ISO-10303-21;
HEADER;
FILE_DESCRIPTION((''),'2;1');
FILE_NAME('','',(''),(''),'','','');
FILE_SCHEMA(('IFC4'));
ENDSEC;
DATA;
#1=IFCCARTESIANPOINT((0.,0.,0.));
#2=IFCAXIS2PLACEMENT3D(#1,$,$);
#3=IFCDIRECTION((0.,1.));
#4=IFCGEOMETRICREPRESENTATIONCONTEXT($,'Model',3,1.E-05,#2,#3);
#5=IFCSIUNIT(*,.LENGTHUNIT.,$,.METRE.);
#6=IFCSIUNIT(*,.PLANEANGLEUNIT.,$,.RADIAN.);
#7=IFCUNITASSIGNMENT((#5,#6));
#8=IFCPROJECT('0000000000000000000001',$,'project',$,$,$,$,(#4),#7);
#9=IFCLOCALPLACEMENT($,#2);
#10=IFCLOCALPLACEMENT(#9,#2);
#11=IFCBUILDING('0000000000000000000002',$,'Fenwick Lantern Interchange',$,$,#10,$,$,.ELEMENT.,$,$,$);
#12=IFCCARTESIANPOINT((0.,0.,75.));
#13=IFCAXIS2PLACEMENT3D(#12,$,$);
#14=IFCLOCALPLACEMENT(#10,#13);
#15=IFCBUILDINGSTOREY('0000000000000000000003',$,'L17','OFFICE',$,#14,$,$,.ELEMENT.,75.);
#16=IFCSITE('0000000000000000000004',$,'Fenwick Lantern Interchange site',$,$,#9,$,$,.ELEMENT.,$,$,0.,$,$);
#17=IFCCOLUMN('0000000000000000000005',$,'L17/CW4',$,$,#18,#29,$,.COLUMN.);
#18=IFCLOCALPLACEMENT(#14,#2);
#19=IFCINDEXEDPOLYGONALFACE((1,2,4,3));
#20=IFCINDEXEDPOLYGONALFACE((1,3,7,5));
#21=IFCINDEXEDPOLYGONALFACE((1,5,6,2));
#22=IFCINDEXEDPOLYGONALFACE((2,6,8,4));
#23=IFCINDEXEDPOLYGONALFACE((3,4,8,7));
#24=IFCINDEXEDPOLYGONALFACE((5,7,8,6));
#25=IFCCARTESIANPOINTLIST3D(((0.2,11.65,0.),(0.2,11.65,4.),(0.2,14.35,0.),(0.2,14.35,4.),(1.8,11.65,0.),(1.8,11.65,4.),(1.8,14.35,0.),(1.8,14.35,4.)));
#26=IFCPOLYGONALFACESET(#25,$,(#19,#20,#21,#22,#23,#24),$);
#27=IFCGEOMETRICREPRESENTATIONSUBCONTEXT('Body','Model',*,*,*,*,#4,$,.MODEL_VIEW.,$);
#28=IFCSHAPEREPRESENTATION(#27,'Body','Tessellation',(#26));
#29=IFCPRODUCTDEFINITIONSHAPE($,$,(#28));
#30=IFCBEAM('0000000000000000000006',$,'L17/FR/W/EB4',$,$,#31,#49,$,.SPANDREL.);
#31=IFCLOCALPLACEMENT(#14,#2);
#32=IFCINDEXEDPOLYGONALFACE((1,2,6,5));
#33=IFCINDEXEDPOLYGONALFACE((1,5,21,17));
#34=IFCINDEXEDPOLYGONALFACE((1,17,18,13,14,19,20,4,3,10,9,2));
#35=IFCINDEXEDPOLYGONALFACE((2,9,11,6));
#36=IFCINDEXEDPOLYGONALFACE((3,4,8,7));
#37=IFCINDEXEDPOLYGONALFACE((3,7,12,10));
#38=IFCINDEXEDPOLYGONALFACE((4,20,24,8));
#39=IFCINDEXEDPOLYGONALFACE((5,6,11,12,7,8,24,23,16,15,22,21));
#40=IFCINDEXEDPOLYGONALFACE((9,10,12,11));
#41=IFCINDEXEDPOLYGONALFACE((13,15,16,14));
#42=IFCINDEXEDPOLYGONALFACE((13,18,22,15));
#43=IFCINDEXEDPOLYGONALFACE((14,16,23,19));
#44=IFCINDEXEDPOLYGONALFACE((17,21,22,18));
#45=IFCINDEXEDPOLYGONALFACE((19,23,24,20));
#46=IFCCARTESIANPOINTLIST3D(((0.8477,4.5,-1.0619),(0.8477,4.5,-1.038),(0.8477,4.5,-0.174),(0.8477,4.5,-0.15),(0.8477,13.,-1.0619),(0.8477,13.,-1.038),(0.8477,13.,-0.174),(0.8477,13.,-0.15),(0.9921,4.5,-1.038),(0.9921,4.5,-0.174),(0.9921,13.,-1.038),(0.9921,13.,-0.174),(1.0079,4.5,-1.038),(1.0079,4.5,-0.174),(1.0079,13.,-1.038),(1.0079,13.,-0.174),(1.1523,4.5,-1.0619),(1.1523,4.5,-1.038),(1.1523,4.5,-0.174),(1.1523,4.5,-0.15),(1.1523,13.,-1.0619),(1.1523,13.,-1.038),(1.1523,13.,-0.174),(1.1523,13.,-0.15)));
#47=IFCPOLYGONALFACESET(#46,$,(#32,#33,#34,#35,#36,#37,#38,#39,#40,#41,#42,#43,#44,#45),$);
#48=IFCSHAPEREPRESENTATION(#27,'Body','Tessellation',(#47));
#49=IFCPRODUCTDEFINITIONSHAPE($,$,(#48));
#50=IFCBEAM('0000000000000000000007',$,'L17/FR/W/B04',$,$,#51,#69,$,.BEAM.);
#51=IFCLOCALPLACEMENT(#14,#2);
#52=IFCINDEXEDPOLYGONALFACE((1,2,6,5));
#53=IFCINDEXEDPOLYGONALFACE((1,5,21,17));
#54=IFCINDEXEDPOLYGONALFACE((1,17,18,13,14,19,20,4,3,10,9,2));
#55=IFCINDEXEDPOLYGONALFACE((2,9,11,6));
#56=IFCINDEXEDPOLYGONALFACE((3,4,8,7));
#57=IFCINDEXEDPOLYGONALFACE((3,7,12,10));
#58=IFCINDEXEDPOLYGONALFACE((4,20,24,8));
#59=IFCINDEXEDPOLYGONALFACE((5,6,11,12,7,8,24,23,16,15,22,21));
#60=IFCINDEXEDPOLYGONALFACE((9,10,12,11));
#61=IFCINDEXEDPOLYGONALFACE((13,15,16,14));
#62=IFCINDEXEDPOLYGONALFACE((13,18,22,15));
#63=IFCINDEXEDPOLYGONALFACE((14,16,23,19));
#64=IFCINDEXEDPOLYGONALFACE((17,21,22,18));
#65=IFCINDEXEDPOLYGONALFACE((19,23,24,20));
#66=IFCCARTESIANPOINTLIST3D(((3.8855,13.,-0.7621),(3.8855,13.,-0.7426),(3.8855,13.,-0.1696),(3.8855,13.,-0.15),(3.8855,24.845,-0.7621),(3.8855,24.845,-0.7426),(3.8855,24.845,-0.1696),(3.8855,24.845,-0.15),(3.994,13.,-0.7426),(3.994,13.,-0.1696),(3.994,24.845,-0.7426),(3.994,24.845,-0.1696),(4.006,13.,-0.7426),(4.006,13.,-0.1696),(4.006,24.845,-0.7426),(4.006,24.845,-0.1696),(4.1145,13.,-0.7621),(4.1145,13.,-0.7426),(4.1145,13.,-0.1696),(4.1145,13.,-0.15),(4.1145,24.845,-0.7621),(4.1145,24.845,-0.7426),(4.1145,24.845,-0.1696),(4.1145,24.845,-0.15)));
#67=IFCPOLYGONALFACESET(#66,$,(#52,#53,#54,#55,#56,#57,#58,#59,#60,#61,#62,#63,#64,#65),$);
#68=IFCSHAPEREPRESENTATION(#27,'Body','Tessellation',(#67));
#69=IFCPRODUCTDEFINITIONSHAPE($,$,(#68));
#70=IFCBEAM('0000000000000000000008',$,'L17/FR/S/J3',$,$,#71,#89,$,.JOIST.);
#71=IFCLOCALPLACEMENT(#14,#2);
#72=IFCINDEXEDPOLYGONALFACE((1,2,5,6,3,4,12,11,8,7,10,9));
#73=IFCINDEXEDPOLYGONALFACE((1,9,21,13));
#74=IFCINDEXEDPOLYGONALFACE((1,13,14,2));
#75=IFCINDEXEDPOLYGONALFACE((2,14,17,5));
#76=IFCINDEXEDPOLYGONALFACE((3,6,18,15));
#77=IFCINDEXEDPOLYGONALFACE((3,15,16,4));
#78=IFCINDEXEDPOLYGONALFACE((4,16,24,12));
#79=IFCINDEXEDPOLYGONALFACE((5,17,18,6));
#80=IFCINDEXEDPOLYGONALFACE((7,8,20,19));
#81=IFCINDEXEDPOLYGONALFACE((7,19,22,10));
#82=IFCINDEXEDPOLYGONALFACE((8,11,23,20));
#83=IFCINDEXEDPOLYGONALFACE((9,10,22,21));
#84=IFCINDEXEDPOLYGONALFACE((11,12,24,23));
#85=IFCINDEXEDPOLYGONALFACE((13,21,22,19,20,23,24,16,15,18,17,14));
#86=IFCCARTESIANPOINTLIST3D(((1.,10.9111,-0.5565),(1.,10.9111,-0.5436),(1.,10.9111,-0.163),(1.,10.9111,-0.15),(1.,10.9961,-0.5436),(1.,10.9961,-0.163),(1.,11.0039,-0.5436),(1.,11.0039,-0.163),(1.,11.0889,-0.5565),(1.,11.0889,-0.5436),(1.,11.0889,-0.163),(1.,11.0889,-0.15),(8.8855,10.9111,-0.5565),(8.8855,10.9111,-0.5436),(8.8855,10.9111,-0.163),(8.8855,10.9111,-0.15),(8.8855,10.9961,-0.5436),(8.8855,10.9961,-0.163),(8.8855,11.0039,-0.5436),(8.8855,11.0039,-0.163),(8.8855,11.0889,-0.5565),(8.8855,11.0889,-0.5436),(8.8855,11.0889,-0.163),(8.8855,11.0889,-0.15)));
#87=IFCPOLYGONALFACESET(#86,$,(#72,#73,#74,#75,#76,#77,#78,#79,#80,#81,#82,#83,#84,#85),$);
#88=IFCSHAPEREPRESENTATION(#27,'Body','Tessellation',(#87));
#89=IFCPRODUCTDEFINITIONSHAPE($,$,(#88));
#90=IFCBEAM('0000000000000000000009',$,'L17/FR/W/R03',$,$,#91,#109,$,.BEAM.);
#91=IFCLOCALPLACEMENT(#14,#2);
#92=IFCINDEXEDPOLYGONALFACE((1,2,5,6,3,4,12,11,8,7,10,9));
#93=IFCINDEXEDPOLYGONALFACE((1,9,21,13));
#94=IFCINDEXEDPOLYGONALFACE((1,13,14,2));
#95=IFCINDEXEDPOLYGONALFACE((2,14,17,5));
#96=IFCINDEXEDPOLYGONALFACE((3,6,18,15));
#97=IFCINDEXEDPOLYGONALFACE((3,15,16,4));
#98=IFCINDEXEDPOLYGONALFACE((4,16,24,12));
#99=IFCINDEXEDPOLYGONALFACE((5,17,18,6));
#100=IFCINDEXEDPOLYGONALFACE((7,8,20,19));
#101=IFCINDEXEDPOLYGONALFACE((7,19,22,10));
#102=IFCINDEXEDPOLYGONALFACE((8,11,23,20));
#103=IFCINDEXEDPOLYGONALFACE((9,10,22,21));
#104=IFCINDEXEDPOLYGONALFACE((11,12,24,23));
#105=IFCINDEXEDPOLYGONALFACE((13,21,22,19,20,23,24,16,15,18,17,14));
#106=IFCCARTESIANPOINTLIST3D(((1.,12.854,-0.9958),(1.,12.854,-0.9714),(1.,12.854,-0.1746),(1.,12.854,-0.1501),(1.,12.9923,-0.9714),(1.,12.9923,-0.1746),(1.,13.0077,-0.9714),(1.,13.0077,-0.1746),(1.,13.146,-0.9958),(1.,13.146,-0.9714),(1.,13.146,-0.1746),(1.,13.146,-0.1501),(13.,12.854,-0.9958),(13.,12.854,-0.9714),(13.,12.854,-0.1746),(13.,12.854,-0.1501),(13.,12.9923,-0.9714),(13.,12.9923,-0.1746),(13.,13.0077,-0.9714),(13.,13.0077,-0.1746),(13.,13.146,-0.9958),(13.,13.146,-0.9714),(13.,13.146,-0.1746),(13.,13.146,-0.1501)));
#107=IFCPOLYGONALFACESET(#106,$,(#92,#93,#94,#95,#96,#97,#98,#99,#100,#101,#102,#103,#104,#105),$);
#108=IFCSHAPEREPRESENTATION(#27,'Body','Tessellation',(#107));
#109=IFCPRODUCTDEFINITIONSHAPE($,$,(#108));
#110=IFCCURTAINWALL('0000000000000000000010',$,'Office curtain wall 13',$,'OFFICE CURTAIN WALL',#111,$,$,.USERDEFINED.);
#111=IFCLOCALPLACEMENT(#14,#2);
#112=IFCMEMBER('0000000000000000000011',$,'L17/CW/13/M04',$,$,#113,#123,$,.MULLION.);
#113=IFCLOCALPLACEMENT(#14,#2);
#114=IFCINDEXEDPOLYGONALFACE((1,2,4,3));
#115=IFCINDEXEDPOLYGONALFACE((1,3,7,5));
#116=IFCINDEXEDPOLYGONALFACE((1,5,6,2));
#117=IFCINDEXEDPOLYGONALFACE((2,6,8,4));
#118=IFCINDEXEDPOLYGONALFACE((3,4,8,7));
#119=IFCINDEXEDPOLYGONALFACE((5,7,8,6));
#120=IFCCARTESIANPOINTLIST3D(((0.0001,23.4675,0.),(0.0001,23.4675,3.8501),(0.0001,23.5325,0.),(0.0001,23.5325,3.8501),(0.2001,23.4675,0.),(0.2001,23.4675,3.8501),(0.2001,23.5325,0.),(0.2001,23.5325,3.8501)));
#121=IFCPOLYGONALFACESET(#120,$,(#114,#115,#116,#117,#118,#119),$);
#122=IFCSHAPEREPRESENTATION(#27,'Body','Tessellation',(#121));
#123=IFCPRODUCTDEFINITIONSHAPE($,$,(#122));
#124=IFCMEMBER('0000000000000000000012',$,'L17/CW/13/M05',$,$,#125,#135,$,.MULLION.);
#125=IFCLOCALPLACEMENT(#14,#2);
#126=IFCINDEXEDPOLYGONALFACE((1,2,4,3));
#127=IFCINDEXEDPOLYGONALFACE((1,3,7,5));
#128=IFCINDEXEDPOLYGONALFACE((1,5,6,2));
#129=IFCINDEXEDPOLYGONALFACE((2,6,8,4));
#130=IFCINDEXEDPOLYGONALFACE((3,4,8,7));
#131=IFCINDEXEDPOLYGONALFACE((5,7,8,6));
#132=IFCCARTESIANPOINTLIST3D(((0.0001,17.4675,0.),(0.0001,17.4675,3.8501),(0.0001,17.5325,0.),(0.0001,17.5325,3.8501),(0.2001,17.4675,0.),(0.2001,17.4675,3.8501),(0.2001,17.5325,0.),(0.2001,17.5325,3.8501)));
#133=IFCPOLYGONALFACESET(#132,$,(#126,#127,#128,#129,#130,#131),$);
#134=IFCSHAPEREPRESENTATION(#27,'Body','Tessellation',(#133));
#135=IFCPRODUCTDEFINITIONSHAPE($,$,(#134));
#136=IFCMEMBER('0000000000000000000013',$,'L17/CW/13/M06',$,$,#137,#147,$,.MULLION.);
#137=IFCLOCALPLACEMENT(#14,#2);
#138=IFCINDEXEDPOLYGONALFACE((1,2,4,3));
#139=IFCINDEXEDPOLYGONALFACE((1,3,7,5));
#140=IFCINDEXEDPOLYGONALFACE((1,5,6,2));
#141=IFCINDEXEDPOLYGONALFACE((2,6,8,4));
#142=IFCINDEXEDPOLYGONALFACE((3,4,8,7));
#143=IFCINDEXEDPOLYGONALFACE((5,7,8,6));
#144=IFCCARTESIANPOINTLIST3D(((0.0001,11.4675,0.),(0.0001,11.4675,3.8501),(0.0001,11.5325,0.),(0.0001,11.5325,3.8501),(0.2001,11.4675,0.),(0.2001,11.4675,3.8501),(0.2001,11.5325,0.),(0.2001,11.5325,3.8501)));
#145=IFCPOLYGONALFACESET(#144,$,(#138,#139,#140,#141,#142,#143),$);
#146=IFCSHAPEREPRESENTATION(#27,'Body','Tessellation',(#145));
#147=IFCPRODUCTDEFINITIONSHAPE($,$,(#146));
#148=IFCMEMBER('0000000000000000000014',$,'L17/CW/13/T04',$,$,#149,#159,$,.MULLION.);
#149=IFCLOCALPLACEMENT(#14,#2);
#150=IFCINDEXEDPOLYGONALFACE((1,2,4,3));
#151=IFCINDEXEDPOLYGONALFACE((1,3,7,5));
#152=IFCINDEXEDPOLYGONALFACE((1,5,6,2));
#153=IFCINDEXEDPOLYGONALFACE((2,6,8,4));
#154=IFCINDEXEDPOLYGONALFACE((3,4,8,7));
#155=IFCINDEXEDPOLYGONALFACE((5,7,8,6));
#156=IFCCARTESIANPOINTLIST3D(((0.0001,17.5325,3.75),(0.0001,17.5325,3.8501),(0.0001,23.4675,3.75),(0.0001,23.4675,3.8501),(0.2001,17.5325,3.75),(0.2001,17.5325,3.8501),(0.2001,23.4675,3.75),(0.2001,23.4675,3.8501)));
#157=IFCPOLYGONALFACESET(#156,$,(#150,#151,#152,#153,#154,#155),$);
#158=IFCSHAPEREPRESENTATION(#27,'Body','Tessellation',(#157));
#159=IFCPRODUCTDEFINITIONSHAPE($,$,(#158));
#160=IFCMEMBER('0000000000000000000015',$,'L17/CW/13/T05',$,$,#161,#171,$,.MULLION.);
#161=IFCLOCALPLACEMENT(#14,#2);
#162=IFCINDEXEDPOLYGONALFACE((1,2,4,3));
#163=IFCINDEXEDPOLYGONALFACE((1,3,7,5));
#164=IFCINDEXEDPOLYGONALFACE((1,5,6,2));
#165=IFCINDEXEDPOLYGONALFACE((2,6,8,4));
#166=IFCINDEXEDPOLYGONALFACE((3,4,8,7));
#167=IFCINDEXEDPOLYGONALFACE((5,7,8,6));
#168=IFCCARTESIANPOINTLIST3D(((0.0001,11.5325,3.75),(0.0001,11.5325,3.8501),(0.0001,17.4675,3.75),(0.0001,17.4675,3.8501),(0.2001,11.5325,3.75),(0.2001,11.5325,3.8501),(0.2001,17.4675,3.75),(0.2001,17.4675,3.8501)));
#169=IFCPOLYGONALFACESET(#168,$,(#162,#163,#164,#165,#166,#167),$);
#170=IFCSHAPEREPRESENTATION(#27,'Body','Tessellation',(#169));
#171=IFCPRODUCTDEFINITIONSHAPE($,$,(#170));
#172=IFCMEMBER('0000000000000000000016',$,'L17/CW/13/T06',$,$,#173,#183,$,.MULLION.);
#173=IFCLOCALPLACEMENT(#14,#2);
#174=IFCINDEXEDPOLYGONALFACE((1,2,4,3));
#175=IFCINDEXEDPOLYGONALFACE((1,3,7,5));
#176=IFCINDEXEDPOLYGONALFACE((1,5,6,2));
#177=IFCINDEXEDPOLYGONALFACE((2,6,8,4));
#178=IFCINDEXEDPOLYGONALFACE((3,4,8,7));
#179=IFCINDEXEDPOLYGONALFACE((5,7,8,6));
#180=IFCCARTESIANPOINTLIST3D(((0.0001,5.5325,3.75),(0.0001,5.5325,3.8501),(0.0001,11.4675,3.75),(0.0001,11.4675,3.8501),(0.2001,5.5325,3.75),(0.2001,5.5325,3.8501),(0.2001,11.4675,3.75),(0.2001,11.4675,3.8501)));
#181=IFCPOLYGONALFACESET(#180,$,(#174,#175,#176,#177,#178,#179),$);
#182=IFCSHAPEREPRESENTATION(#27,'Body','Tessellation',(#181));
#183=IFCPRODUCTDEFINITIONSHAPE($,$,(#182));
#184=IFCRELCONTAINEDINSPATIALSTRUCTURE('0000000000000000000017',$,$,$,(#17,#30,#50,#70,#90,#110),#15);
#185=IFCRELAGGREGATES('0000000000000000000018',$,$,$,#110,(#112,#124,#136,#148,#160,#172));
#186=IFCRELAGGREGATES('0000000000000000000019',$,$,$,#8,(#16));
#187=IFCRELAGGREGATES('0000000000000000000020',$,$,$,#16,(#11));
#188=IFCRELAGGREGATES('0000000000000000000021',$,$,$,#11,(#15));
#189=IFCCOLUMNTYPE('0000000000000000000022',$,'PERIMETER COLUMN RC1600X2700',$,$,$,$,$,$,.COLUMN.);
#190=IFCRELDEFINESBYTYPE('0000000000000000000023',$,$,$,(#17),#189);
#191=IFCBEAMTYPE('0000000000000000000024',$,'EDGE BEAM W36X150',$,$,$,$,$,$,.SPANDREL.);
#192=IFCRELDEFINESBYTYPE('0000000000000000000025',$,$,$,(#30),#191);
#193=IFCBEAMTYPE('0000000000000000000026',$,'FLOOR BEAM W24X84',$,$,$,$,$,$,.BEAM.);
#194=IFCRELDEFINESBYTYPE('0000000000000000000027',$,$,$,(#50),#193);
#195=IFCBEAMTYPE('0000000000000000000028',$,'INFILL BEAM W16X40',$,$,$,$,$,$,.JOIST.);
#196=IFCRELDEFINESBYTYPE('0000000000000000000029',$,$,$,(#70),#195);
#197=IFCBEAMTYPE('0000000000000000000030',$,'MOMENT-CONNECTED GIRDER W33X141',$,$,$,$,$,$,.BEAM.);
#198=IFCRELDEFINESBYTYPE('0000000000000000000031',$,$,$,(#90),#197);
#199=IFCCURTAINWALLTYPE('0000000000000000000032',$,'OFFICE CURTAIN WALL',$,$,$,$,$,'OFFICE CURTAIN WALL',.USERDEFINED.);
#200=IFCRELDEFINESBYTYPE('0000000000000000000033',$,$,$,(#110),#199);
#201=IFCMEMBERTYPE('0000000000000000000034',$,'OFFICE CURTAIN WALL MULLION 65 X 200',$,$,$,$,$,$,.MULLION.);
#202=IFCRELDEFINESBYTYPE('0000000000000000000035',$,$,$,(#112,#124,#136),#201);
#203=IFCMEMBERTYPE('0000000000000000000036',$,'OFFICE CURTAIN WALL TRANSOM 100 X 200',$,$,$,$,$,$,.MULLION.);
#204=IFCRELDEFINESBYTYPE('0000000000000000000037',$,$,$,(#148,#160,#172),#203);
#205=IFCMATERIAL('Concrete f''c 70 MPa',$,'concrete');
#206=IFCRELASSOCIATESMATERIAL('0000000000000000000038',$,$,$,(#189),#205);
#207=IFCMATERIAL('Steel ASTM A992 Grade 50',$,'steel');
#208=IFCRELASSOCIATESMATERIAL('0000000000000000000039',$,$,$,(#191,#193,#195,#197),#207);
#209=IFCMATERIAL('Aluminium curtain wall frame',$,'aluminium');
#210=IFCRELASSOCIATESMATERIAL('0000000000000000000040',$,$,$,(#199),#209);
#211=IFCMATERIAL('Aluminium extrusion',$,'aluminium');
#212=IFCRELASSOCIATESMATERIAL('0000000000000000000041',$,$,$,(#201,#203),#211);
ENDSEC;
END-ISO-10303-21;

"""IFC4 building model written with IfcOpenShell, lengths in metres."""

from ifc_helpers import new_model, si_unit, direction, frame, origin, origin_2d, place, context, subcontext, project, spatial, rectangle, i_section, extrude, material, material_profile, profile_set, type_object, element, aggregate, save


model = new_model("IFC4")

# Units and contexts
model_context = context("Model", 3, precision=1e-05, world=origin(), true_north=direction((0.0, 1.0)))
body_context = subcontext(model_context, "Body", "Model", "MODEL_VIEW")
ifc_project = project(units=[si_unit("LENGTHUNIT", "METRE"), si_unit("PLANEANGLEUNIT", "RADIAN")], contexts=[model_context])

# Site, building, storey
site_placement = place(None, origin())
site = spatial("IfcSite", under=ifc_project, at=site_placement, Name="Fenwick Lantern Interchange site", CompositionType="ELEMENT", RefElevation=0.0)
building_placement = place(site_placement, origin())
building = spatial("IfcBuilding", under=site, at=building_placement, Name="Fenwick Lantern Interchange", CompositionType="ELEMENT")
storey_placement = place(building_placement, frame((0.0, 0.0, 75.0)))
storey = spatial("IfcBuildingStorey", under=building, at=storey_placement, Name="L17", Description="OFFICE", CompositionType="ELEMENT", Elevation=75.0)

# Column
ifc_material_1 = material(Name="Concrete f'c 70 MPa", Category="concrete")
ifc_material_profile_1 = material_profile(ifc_material_1, rectangle(XDim=1.6001, YDim=2.7, at=origin_2d()), Name="RC1600X2700")
ifc_profile_set_1 = profile_set([ifc_material_profile_1], Name="Concrete f'c 70 MPa")
column_type = type_object("IfcColumnType", Name="PERIMETER COLUMN RC1600X2700", PredefinedType="COLUMN", material=ifc_profile_set_1)
column_placement = place(storey_placement, frame((1.0, 13.0, 0.0), z_axis=(0.0, 0.0, 1.0), x_axis=(1.0, 0.0, 0.0)))
element("IfcColumn", 1, at=column_placement, inside=storey, type_object=column_type, Name="L17/CW4", PredefinedType="COLUMN", context=body_context, shape_type="SweptSolid", body=[
    extrude(rectangle(XDim=1.6001, YDim=2.7, at=origin_2d()), origin(), (0.0, 0.0, 1.0), 4.0),
])

# Beams
ifc_material_2 = material(Name="Steel ASTM A992 Grade 50", Category="steel")
ifc_material_profile_2 = material_profile(ifc_material_2, i_section(OverallWidth=0.3047, OverallDepth=0.9119, WebThickness=0.0159, FlangeThickness=0.0239, at=origin_2d()), Name="W36X150")
ifc_profile_set_2 = profile_set([ifc_material_profile_2], Name="Steel ASTM A992 Grade 50")
beam_type_1 = type_object("IfcBeamType", Name="EDGE BEAM W36X150", PredefinedType="SPANDREL", material=ifc_profile_set_2)
beam_1_placement = place(storey_placement, frame((1.0, 13.0, -0.606), z_axis=(0.0, -1.0, 0.0), x_axis=(1.0, 0.0, 0.0)))
element("IfcBeam", 2, at=beam_1_placement, inside=storey, type_object=beam_type_1, Name="L17/FR/W/EB4", PredefinedType="SPANDREL", context=body_context, shape_type="SweptSolid", body=[
    extrude(i_section(OverallWidth=0.3047, OverallDepth=0.9119, WebThickness=0.0159, FlangeThickness=0.0239, at=origin_2d()), origin(), (0.0, 0.0, 1.0), 8.5),
])
ifc_material_profile_3 = material_profile(ifc_material_2, i_section(OverallWidth=0.229, OverallDepth=0.6121, WebThickness=0.012, FlangeThickness=0.0195, at=origin_2d()), Name="W24X84")
ifc_profile_set_3 = profile_set([ifc_material_profile_3], Name="Steel ASTM A992 Grade 50")
beam_type_2 = type_object("IfcBeamType", Name="FLOOR BEAM W24X84", PredefinedType="BEAM", material=ifc_profile_set_3)
beam_2_placement = place(storey_placement, frame((4.0, 24.845, -0.4561), z_axis=(0.0, -1.0, 0.0), x_axis=(1.0, 0.0, 0.0)))
element("IfcBeam", 3, at=beam_2_placement, inside=storey, type_object=beam_type_2, Name="L17/FR/W/B04", PredefinedType="BEAM", context=body_context, shape_type="SweptSolid", body=[
    extrude(i_section(OverallWidth=0.229, OverallDepth=0.6121, WebThickness=0.012, FlangeThickness=0.0195, at=origin_2d()), origin(), (0.0, 0.0, 1.0), 11.845),
])
ifc_material_profile_4 = material_profile(ifc_material_2, i_section(OverallWidth=0.1777, OverallDepth=0.4065, WebThickness=0.0078, FlangeThickness=0.0129, at=origin_2d()), Name="W16X40")
ifc_profile_set_4 = profile_set([ifc_material_profile_4], Name="Steel ASTM A992 Grade 50")
beam_type_3 = type_object("IfcBeamType", Name="INFILL BEAM W16X40", PredefinedType="JOIST", material=ifc_profile_set_4)
beam_3_placement = place(storey_placement, frame((1.0, 11.0, -0.3533), z_axis=(1.0, 0.0, 0.0), x_axis=(0.0, 1.0, 0.0)))
element("IfcBeam", 4, at=beam_3_placement, inside=storey, type_object=beam_type_3, Name="L17/FR/S/J3", PredefinedType="JOIST", context=body_context, shape_type="SweptSolid", body=[
    extrude(i_section(OverallWidth=0.1777, OverallDepth=0.4065, WebThickness=0.0078, FlangeThickness=0.0129, at=origin_2d()), origin(), (0.0, 0.0, 1.0), 7.8855),
])
ifc_material_profile_5 = material_profile(ifc_material_2, i_section(OverallWidth=0.292, OverallDepth=0.8457, WebThickness=0.0154, FlangeThickness=0.0244, at=origin_2d()), Name="W33X141")
ifc_profile_set_5 = profile_set([ifc_material_profile_5], Name="Steel ASTM A992 Grade 50")
beam_type_4 = type_object("IfcBeamType", Name="MOMENT-CONNECTED GIRDER W33X141", PredefinedType="BEAM", material=ifc_profile_set_5)
beam_4_placement = place(storey_placement, frame((1.0, 13.0, -0.573), z_axis=(1.0, 0.0, 0.0), x_axis=(0.0, 1.0, 0.0)))
element("IfcBeam", 5, at=beam_4_placement, inside=storey, type_object=beam_type_4, Name="L17/FR/W/R03", PredefinedType="BEAM", context=body_context, shape_type="SweptSolid", body=[
    extrude(i_section(OverallWidth=0.292, OverallDepth=0.8457, WebThickness=0.0154, FlangeThickness=0.0244, at=origin_2d()), origin(), (0.0, 0.0, 1.0), 12.0),
])

# Curtain wall, members
ifc_material_3 = material(Name="Aluminium curtain wall frame", Category="aluminium")
curtain_wall_type = type_object("IfcCurtainWallType", Name="OFFICE CURTAIN WALL", ElementType="OFFICE CURTAIN WALL", PredefinedType="USERDEFINED", material=ifc_material_3)
curtain_wall_placement = place(storey_placement, origin())
curtain_wall = element("IfcCurtainWall", 6, at=curtain_wall_placement, inside=storey, type_object=curtain_wall_type, Name="Office curtain wall 13", ObjectType="OFFICE CURTAIN WALL", PredefinedType="USERDEFINED")
ifc_material_4 = material(Name="Aluminium extrusion", Category="aluminium")
ifc_material_profile_6 = material_profile(ifc_material_4, rectangle(XDim=0.2, YDim=0.0649, at=origin_2d()), Name="OFFICE CURTAIN WALL MULLION 65 X 200")
ifc_profile_set_6 = profile_set([ifc_material_profile_6], Name="Aluminium extrusion")
member_type_1 = type_object("IfcMemberType", Name="OFFICE CURTAIN WALL MULLION 65 X 200", PredefinedType="MULLION", material=ifc_profile_set_6)
member_1_placement = place(storey_placement, frame((0.1001, 23.5, 0.0), z_axis=(0.0, 0.0, 1.0), x_axis=(1.0, 0.0, 0.0)))
member_1 = element("IfcMember", 7, at=member_1_placement, type_object=member_type_1, Name="L17/CW/13/M04", PredefinedType="MULLION", context=body_context, shape_type="SweptSolid", body=[
    extrude(rectangle(XDim=0.2, YDim=0.0649, at=origin_2d()), origin(), (0.0, 0.0, 1.0), 3.8501),
])
member_2_placement = place(storey_placement, frame((0.1001, 17.5, 0.0), z_axis=(0.0, 0.0, 1.0), x_axis=(1.0, 0.0, 0.0)))
member_2 = element("IfcMember", 8, at=member_2_placement, type_object=member_type_1, Name="L17/CW/13/M05", PredefinedType="MULLION", context=body_context, shape_type="SweptSolid", body=[
    extrude(rectangle(XDim=0.2, YDim=0.0649, at=origin_2d()), origin(), (0.0, 0.0, 1.0), 3.8501),
])
member_3_placement = place(storey_placement, frame((0.1001, 11.5, 0.0), z_axis=(0.0, 0.0, 1.0), x_axis=(1.0, 0.0, 0.0)))
member_3 = element("IfcMember", 9, at=member_3_placement, type_object=member_type_1, Name="L17/CW/13/M06", PredefinedType="MULLION", context=body_context, shape_type="SweptSolid", body=[
    extrude(rectangle(XDim=0.2, YDim=0.0649, at=origin_2d()), origin(), (0.0, 0.0, 1.0), 3.8501),
])
ifc_material_profile_7 = material_profile(ifc_material_4, rectangle(XDim=0.2, YDim=0.1001, at=origin_2d()), Name="OFFICE CURTAIN WALL TRANSOM 100 X 200")
ifc_profile_set_7 = profile_set([ifc_material_profile_7], Name="Aluminium extrusion")
member_type_2 = type_object("IfcMemberType", Name="OFFICE CURTAIN WALL TRANSOM 100 X 200", PredefinedType="MULLION", material=ifc_profile_set_7)
member_4_placement = place(storey_placement, frame((0.1001, 23.4675, 3.8), z_axis=(0.0, -1.0, 0.0), x_axis=(1.0, 0.0, 0.0)))
member_4 = element("IfcMember", 10, at=member_4_placement, type_object=member_type_2, Name="L17/CW/13/T04", PredefinedType="MULLION", context=body_context, shape_type="SweptSolid", body=[
    extrude(rectangle(XDim=0.2, YDim=0.1001, at=origin_2d()), origin(), (0.0, 0.0, 1.0), 5.9351),
])
member_5_placement = place(storey_placement, frame((0.1001, 17.4675, 3.8), z_axis=(0.0, -1.0, 0.0), x_axis=(1.0, 0.0, 0.0)))
member_5 = element("IfcMember", 11, at=member_5_placement, type_object=member_type_2, Name="L17/CW/13/T05", PredefinedType="MULLION", context=body_context, shape_type="SweptSolid", body=[
    extrude(rectangle(XDim=0.2, YDim=0.1001, at=origin_2d()), origin(), (0.0, 0.0, 1.0), 5.9351),
])
member_6_placement = place(storey_placement, frame((0.1001, 11.4675, 3.8), z_axis=(0.0, -1.0, 0.0), x_axis=(1.0, 0.0, 0.0)))
member_6 = element("IfcMember", 12, at=member_6_placement, type_object=member_type_2, Name="L17/CW/13/T06", PredefinedType="MULLION", context=body_context, shape_type="SweptSolid", body=[
    extrude(rectangle(XDim=0.2, YDim=0.1001, at=origin_2d()), origin(), (0.0, 0.0, 1.0), 5.9351),
])
aggregate(curtain_wall, [member_1, member_2, member_3, member_4, member_5, member_6])

save(model, "model.ifc")
